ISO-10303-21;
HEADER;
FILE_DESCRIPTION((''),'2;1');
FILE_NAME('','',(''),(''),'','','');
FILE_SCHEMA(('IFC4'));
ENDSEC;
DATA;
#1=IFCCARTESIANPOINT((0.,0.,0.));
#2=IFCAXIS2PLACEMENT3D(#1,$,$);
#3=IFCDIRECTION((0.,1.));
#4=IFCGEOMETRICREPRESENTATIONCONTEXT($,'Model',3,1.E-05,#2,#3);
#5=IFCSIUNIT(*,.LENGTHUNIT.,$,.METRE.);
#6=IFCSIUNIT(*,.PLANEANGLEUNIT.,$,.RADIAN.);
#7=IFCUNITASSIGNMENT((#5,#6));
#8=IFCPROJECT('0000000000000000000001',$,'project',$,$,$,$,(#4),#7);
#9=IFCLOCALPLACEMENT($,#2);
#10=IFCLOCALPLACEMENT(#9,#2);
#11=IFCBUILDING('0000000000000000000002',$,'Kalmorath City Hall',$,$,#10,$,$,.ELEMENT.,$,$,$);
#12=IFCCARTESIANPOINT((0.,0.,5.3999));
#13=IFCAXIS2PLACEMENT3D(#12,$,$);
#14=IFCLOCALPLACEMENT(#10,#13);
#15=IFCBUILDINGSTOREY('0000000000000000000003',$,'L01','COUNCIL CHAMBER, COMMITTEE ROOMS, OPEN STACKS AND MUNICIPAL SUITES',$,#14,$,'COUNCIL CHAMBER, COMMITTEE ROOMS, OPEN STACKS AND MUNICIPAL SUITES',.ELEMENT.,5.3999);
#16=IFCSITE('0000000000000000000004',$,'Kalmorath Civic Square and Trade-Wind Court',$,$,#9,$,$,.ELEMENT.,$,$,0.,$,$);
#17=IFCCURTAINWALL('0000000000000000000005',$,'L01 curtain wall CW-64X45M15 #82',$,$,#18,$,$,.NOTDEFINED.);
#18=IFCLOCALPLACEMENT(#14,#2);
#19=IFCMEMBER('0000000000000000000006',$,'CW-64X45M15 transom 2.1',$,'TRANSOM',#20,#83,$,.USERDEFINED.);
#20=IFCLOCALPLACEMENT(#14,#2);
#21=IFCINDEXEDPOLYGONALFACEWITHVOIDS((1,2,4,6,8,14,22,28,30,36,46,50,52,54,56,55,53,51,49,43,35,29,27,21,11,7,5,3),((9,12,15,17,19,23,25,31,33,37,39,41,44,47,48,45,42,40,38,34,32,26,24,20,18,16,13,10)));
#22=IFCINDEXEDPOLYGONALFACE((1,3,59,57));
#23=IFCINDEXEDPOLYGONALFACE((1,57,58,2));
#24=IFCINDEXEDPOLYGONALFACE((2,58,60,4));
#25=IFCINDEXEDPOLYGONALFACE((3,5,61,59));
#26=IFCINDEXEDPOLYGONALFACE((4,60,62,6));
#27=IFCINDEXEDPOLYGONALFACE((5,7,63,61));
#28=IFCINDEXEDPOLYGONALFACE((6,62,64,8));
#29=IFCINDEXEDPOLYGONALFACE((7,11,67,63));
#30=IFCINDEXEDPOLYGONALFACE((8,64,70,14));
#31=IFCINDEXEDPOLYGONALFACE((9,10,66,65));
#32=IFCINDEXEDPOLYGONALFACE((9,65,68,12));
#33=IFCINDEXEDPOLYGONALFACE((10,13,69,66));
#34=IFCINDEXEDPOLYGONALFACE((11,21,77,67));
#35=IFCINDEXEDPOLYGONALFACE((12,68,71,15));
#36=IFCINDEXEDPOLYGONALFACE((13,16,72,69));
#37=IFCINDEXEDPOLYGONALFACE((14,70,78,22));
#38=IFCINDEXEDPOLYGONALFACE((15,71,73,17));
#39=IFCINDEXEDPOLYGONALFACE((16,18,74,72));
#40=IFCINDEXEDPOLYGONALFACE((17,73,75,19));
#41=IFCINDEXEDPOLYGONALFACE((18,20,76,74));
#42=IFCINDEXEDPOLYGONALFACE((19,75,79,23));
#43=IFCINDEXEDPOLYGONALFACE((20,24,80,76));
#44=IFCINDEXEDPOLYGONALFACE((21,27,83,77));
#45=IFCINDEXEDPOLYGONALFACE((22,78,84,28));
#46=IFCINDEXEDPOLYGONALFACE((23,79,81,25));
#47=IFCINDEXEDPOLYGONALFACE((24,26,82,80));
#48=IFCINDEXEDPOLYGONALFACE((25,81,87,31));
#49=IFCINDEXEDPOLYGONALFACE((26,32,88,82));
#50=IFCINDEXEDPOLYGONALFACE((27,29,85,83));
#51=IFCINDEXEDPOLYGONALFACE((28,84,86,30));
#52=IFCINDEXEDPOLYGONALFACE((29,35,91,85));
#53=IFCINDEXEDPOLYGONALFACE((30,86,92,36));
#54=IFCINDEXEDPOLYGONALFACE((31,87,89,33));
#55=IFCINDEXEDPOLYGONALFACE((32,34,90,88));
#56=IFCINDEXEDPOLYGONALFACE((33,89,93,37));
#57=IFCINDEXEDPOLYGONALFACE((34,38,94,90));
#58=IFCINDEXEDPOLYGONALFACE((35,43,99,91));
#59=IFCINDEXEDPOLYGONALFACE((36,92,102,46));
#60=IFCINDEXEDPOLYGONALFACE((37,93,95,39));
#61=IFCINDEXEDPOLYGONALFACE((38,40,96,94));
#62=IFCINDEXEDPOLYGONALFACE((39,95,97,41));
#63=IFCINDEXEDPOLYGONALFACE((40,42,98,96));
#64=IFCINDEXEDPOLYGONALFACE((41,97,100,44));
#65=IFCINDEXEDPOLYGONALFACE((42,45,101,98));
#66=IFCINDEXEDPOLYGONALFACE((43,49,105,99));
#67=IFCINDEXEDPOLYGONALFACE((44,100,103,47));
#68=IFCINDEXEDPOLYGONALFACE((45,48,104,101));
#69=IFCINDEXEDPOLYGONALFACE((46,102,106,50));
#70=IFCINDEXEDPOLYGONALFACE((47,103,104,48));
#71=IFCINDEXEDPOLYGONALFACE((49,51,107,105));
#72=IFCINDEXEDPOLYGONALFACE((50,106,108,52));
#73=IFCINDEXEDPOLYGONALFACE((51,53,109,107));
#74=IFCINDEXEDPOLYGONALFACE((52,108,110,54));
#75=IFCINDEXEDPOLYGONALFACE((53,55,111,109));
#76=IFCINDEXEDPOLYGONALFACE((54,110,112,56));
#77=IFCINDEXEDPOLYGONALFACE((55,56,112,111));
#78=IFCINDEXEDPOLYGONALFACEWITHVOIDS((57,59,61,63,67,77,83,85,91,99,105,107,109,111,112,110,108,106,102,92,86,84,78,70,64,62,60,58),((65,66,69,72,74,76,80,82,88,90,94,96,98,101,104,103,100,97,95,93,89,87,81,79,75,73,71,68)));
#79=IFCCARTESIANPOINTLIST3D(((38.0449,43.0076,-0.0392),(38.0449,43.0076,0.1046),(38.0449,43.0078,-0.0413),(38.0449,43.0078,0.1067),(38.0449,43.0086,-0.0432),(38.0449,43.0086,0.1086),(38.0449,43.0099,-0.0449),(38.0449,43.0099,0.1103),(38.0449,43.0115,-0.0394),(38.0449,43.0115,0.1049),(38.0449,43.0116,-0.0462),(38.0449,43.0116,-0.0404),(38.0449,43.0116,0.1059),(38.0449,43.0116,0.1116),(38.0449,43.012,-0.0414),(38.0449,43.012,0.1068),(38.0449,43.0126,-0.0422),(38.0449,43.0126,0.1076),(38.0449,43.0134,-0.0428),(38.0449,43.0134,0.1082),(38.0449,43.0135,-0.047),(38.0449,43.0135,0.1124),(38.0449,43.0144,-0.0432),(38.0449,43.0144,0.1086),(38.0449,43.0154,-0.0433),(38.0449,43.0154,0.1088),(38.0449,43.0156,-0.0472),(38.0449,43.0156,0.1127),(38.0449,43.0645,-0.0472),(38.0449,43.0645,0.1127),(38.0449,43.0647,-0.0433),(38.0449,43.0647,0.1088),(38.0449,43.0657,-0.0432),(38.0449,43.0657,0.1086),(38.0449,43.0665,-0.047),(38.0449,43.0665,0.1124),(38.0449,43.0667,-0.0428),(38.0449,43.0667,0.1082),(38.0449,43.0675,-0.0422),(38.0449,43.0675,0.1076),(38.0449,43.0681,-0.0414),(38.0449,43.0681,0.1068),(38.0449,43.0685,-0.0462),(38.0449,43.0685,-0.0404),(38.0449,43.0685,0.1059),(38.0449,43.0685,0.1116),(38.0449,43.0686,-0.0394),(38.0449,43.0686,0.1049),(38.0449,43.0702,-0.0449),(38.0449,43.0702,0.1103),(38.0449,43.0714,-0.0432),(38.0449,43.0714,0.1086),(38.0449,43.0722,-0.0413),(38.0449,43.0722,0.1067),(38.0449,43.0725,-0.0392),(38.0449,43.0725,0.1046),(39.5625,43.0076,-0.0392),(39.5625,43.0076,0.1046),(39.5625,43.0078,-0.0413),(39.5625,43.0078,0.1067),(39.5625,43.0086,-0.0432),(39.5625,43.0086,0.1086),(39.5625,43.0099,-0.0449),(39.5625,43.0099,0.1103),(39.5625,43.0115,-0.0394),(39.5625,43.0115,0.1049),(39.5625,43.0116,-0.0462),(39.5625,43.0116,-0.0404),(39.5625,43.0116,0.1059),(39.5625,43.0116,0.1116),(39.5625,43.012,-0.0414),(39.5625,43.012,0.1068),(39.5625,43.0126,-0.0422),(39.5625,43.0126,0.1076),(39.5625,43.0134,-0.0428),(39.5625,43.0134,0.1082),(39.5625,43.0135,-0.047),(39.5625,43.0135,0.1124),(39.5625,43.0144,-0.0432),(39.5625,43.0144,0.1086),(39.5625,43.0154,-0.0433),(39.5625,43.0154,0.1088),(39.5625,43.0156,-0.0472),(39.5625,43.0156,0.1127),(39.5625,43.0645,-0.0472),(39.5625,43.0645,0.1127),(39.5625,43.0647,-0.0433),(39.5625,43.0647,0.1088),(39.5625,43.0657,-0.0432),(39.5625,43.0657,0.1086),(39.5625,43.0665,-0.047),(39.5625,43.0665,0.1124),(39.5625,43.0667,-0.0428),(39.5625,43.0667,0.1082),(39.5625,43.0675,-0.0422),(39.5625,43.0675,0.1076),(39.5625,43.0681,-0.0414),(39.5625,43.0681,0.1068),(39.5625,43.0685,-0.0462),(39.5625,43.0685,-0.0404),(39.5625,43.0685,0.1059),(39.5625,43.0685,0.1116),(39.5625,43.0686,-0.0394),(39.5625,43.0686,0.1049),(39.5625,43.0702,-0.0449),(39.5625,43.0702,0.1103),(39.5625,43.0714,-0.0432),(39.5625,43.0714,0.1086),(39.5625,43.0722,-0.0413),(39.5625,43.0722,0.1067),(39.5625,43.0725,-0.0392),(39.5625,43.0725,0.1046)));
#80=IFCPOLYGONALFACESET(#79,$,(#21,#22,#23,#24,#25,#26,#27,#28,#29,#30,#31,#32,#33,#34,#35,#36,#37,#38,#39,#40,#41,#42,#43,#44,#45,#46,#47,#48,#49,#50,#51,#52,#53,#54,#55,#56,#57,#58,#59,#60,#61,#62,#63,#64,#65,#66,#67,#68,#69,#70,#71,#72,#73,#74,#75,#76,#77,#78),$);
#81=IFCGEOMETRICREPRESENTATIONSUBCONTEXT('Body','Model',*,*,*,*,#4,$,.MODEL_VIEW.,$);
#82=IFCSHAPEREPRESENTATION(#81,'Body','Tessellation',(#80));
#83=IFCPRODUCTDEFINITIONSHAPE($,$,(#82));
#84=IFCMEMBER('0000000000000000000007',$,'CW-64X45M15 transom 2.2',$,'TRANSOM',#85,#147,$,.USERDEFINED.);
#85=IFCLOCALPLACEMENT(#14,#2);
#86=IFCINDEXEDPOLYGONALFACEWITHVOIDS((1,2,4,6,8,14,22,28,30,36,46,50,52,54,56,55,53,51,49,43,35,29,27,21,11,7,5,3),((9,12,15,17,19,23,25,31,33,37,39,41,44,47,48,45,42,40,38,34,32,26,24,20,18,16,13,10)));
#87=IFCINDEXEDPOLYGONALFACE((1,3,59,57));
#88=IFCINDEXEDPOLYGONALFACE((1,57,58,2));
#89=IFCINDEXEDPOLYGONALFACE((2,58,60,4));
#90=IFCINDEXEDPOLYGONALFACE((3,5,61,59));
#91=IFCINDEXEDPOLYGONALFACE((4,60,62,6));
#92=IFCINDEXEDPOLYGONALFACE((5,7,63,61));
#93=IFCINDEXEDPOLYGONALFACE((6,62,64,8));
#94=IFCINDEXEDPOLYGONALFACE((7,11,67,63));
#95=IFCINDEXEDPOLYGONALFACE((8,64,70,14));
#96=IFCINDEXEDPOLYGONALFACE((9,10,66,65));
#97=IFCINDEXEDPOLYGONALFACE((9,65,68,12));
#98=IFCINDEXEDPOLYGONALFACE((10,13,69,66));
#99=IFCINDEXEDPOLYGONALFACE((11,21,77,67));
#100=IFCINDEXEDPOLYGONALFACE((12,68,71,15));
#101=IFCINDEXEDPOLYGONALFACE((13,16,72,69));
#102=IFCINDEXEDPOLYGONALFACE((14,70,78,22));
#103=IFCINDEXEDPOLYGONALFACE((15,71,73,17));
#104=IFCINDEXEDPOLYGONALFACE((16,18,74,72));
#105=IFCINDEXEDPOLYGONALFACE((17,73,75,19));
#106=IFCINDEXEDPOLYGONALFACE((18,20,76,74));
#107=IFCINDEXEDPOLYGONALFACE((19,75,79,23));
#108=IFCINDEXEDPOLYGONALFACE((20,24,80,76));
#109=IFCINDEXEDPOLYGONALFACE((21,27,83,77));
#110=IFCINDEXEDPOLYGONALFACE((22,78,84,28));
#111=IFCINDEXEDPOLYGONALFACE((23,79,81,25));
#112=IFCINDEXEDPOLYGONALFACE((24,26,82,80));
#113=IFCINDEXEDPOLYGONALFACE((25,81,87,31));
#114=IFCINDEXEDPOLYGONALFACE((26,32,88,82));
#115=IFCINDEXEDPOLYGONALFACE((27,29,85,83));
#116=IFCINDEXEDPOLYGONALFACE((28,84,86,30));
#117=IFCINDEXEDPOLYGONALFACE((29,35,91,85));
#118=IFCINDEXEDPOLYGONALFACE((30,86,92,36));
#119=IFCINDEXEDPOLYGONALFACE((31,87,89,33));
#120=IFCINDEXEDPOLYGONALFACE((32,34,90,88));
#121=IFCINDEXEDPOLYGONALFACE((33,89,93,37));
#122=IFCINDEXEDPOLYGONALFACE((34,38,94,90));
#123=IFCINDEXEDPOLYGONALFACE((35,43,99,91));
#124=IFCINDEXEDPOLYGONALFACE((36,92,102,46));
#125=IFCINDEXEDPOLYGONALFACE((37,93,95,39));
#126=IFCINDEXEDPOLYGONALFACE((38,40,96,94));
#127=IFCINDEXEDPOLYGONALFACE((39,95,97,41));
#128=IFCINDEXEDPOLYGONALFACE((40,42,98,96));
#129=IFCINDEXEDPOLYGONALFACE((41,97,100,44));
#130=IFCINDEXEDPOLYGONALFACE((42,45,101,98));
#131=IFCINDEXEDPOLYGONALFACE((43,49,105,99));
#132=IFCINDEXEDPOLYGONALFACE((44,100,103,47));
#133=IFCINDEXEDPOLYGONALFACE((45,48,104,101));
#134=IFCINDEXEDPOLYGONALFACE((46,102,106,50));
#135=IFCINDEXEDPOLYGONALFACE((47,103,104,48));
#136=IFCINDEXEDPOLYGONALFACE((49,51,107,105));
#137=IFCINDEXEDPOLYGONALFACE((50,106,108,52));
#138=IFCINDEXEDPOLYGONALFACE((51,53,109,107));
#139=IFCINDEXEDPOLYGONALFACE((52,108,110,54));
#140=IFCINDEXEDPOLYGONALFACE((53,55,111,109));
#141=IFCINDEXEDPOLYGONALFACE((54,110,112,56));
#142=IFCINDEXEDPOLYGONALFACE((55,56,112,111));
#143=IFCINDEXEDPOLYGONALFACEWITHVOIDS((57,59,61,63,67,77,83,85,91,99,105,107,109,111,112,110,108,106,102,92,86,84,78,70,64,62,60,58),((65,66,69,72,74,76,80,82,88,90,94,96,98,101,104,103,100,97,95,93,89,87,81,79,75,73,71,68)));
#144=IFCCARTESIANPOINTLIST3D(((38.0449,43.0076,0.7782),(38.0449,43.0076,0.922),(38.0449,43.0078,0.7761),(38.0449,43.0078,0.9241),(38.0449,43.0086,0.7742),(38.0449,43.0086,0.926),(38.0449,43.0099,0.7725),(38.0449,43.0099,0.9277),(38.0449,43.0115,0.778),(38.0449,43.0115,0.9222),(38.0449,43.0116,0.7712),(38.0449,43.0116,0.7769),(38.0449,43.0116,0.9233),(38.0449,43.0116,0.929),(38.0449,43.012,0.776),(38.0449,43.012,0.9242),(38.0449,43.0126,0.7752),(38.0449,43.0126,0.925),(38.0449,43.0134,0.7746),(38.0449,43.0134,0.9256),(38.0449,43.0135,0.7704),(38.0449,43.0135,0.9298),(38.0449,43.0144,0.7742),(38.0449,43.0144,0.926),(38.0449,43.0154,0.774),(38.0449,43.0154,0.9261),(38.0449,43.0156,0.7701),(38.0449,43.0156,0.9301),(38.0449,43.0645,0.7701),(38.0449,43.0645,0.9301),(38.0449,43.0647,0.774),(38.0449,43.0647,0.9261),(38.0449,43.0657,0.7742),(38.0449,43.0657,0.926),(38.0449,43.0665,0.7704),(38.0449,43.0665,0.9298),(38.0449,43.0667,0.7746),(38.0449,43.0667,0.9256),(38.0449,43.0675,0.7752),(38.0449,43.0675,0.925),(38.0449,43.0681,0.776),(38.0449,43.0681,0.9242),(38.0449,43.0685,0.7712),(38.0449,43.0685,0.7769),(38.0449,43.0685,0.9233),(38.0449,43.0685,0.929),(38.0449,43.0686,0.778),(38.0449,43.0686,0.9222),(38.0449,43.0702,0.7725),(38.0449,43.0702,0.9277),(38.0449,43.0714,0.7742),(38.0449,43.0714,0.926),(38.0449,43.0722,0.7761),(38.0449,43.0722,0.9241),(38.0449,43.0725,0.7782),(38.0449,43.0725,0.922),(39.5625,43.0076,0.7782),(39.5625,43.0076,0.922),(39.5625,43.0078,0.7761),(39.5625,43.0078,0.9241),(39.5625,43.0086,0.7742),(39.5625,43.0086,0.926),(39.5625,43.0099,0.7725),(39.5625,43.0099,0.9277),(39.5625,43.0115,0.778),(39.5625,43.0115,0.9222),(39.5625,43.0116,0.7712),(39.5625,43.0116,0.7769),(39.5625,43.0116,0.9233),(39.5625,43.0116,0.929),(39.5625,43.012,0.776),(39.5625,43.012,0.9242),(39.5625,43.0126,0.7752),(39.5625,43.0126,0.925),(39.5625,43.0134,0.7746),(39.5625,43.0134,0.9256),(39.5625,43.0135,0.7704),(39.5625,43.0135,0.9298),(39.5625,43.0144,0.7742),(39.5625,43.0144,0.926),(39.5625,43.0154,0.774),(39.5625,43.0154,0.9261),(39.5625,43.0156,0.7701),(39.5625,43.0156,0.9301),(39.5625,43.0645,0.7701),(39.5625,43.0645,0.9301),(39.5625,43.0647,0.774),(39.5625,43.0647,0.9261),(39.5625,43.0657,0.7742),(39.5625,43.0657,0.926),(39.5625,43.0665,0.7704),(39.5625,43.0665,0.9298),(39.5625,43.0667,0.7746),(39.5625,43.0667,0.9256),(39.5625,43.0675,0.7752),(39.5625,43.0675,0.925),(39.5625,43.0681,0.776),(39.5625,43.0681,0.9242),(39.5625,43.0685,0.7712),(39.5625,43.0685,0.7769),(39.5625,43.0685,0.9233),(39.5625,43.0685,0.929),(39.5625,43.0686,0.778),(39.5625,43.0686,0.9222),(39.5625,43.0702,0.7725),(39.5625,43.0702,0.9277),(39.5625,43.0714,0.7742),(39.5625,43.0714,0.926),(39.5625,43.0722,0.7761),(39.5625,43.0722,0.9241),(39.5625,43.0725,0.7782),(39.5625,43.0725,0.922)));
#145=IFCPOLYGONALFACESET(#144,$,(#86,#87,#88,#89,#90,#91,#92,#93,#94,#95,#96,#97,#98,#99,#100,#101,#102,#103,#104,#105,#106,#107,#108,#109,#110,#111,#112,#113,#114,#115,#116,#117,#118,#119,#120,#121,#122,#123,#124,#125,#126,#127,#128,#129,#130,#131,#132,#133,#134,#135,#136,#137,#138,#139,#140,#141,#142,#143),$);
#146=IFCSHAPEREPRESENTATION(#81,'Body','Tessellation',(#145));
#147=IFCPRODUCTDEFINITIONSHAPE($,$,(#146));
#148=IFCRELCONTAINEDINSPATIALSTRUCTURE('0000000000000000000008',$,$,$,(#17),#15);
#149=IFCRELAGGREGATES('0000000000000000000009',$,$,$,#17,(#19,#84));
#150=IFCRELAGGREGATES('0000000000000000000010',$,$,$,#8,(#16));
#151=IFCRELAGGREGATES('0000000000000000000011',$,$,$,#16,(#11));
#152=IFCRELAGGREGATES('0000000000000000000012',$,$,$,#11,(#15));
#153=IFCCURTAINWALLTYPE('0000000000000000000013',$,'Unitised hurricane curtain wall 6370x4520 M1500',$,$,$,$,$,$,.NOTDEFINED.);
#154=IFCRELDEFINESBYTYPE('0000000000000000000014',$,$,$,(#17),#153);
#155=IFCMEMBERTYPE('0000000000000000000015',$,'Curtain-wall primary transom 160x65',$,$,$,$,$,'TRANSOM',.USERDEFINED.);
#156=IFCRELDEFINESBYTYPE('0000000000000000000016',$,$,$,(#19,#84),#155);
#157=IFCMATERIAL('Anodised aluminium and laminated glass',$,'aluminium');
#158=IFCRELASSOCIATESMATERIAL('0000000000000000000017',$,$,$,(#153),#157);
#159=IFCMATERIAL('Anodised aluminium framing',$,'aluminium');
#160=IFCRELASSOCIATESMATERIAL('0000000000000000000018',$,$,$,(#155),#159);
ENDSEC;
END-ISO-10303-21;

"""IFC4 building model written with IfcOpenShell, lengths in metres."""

from ifc_helpers import new_model, si_unit, direction, frame, origin, origin_2d, place, context, subcontext, project, spatial, hollow_rectangle, extrude, material, material_profile, profile_set, type_object, element, aggregate, save


model = new_model("IFC4")

# Units and contexts
model_context = context("Model", 3, precision=1e-05, world=origin(), true_north=direction((0.0, 1.0)))
body_context = subcontext(model_context, "Body", "Model", "MODEL_VIEW")
ifc_project = project(units=[si_unit("LENGTHUNIT", "METRE"), si_unit("PLANEANGLEUNIT", "RADIAN")], contexts=[model_context])

# Site, building, storey
site_placement = place(None, origin())
site = spatial("IfcSite", under=ifc_project, at=site_placement, Name="Kalmorath Civic Square and Trade-Wind Court", CompositionType="ELEMENT", RefElevation=0.0)
building_placement = place(site_placement, origin())
building = spatial("IfcBuilding", under=site, at=building_placement, Name="Kalmorath City Hall", CompositionType="ELEMENT")
storey_placement = place(building_placement, frame((0.0, 0.0, 5.3999)))
storey = spatial("IfcBuildingStorey", under=building, at=storey_placement, Name="L01", Description="COUNCIL CHAMBER, COMMITTEE ROOMS, OPEN STACKS AND MUNICIPAL SUITES", LongName="COUNCIL CHAMBER, COMMITTEE ROOMS, OPEN STACKS AND MUNICIPAL SUITES", CompositionType="ELEMENT", Elevation=5.3999)

# Curtain wall, members
ifc_material_1 = material(Name="Anodised aluminium and laminated glass", Category="aluminium")
curtain_wall_type = type_object("IfcCurtainWallType", Name="Unitised hurricane curtain wall 6370x4520 M1500", PredefinedType="NOTDEFINED", material=ifc_material_1)
curtain_wall_placement = place(storey_placement, origin())
curtain_wall = element("IfcCurtainWall", 1, at=curtain_wall_placement, inside=storey, type_object=curtain_wall_type, Name="L01 curtain wall CW-64X45M15 #82", PredefinedType="NOTDEFINED")
ifc_material_2 = material(Name="Anodised aluminium framing", Category="aluminium")
ifc_material_profile_1 = material_profile(ifc_material_2, hollow_rectangle(XDim=0.0649, YDim=0.1599, WallThickness=0.0039, InnerFilletRadius=0.0039, OuterFilletRadius=0.0081, at=origin_2d()), Name="ALU-TRN-160X65X4")
ifc_profile_set_1 = profile_set([ifc_material_profile_1], Name="Anodised aluminium framing")
member_type_1 = type_object("IfcMemberType", Name="Curtain-wall primary transom 160x65", ElementType="TRANSOM", PredefinedType="USERDEFINED", material=ifc_profile_set_1)
member_1_placement = place(storey_placement, frame((38.0449, 43.04, 0.0327), z_axis=(1.0, 0.0, 0.0), x_axis=(0.0, 1.0, 0.0)))
member_1 = element("IfcMember", 2, at=member_1_placement, type_object=member_type_1, Name="CW-64X45M15 transom 2.1", ObjectType="TRANSOM", PredefinedType="USERDEFINED", context=body_context, shape_type="SweptSolid", body=[
    extrude(hollow_rectangle(XDim=0.0649, YDim=0.1599, WallThickness=0.0039, InnerFilletRadius=0.0039, OuterFilletRadius=0.0081, at=origin_2d()), origin(), (0.0, 0.0, 1.0), 1.5176),
])
member_2_placement = place(storey_placement, frame((38.0449, 43.04, 0.8501), z_axis=(1.0, 0.0, 0.0), x_axis=(0.0, 1.0, 0.0)))
member_2 = element("IfcMember", 3, at=member_2_placement, type_object=member_type_1, Name="CW-64X45M15 transom 2.2", ObjectType="TRANSOM", PredefinedType="USERDEFINED", context=body_context, shape_type="SweptSolid", body=[
    extrude(hollow_rectangle(XDim=0.0649, YDim=0.1599, WallThickness=0.0039, InnerFilletRadius=0.0039, OuterFilletRadius=0.0081, at=origin_2d()), origin(), (0.0, 0.0, 1.0), 1.5176),
])
aggregate(curtain_wall, [member_1, member_2])

save(model, "model.ifc")
